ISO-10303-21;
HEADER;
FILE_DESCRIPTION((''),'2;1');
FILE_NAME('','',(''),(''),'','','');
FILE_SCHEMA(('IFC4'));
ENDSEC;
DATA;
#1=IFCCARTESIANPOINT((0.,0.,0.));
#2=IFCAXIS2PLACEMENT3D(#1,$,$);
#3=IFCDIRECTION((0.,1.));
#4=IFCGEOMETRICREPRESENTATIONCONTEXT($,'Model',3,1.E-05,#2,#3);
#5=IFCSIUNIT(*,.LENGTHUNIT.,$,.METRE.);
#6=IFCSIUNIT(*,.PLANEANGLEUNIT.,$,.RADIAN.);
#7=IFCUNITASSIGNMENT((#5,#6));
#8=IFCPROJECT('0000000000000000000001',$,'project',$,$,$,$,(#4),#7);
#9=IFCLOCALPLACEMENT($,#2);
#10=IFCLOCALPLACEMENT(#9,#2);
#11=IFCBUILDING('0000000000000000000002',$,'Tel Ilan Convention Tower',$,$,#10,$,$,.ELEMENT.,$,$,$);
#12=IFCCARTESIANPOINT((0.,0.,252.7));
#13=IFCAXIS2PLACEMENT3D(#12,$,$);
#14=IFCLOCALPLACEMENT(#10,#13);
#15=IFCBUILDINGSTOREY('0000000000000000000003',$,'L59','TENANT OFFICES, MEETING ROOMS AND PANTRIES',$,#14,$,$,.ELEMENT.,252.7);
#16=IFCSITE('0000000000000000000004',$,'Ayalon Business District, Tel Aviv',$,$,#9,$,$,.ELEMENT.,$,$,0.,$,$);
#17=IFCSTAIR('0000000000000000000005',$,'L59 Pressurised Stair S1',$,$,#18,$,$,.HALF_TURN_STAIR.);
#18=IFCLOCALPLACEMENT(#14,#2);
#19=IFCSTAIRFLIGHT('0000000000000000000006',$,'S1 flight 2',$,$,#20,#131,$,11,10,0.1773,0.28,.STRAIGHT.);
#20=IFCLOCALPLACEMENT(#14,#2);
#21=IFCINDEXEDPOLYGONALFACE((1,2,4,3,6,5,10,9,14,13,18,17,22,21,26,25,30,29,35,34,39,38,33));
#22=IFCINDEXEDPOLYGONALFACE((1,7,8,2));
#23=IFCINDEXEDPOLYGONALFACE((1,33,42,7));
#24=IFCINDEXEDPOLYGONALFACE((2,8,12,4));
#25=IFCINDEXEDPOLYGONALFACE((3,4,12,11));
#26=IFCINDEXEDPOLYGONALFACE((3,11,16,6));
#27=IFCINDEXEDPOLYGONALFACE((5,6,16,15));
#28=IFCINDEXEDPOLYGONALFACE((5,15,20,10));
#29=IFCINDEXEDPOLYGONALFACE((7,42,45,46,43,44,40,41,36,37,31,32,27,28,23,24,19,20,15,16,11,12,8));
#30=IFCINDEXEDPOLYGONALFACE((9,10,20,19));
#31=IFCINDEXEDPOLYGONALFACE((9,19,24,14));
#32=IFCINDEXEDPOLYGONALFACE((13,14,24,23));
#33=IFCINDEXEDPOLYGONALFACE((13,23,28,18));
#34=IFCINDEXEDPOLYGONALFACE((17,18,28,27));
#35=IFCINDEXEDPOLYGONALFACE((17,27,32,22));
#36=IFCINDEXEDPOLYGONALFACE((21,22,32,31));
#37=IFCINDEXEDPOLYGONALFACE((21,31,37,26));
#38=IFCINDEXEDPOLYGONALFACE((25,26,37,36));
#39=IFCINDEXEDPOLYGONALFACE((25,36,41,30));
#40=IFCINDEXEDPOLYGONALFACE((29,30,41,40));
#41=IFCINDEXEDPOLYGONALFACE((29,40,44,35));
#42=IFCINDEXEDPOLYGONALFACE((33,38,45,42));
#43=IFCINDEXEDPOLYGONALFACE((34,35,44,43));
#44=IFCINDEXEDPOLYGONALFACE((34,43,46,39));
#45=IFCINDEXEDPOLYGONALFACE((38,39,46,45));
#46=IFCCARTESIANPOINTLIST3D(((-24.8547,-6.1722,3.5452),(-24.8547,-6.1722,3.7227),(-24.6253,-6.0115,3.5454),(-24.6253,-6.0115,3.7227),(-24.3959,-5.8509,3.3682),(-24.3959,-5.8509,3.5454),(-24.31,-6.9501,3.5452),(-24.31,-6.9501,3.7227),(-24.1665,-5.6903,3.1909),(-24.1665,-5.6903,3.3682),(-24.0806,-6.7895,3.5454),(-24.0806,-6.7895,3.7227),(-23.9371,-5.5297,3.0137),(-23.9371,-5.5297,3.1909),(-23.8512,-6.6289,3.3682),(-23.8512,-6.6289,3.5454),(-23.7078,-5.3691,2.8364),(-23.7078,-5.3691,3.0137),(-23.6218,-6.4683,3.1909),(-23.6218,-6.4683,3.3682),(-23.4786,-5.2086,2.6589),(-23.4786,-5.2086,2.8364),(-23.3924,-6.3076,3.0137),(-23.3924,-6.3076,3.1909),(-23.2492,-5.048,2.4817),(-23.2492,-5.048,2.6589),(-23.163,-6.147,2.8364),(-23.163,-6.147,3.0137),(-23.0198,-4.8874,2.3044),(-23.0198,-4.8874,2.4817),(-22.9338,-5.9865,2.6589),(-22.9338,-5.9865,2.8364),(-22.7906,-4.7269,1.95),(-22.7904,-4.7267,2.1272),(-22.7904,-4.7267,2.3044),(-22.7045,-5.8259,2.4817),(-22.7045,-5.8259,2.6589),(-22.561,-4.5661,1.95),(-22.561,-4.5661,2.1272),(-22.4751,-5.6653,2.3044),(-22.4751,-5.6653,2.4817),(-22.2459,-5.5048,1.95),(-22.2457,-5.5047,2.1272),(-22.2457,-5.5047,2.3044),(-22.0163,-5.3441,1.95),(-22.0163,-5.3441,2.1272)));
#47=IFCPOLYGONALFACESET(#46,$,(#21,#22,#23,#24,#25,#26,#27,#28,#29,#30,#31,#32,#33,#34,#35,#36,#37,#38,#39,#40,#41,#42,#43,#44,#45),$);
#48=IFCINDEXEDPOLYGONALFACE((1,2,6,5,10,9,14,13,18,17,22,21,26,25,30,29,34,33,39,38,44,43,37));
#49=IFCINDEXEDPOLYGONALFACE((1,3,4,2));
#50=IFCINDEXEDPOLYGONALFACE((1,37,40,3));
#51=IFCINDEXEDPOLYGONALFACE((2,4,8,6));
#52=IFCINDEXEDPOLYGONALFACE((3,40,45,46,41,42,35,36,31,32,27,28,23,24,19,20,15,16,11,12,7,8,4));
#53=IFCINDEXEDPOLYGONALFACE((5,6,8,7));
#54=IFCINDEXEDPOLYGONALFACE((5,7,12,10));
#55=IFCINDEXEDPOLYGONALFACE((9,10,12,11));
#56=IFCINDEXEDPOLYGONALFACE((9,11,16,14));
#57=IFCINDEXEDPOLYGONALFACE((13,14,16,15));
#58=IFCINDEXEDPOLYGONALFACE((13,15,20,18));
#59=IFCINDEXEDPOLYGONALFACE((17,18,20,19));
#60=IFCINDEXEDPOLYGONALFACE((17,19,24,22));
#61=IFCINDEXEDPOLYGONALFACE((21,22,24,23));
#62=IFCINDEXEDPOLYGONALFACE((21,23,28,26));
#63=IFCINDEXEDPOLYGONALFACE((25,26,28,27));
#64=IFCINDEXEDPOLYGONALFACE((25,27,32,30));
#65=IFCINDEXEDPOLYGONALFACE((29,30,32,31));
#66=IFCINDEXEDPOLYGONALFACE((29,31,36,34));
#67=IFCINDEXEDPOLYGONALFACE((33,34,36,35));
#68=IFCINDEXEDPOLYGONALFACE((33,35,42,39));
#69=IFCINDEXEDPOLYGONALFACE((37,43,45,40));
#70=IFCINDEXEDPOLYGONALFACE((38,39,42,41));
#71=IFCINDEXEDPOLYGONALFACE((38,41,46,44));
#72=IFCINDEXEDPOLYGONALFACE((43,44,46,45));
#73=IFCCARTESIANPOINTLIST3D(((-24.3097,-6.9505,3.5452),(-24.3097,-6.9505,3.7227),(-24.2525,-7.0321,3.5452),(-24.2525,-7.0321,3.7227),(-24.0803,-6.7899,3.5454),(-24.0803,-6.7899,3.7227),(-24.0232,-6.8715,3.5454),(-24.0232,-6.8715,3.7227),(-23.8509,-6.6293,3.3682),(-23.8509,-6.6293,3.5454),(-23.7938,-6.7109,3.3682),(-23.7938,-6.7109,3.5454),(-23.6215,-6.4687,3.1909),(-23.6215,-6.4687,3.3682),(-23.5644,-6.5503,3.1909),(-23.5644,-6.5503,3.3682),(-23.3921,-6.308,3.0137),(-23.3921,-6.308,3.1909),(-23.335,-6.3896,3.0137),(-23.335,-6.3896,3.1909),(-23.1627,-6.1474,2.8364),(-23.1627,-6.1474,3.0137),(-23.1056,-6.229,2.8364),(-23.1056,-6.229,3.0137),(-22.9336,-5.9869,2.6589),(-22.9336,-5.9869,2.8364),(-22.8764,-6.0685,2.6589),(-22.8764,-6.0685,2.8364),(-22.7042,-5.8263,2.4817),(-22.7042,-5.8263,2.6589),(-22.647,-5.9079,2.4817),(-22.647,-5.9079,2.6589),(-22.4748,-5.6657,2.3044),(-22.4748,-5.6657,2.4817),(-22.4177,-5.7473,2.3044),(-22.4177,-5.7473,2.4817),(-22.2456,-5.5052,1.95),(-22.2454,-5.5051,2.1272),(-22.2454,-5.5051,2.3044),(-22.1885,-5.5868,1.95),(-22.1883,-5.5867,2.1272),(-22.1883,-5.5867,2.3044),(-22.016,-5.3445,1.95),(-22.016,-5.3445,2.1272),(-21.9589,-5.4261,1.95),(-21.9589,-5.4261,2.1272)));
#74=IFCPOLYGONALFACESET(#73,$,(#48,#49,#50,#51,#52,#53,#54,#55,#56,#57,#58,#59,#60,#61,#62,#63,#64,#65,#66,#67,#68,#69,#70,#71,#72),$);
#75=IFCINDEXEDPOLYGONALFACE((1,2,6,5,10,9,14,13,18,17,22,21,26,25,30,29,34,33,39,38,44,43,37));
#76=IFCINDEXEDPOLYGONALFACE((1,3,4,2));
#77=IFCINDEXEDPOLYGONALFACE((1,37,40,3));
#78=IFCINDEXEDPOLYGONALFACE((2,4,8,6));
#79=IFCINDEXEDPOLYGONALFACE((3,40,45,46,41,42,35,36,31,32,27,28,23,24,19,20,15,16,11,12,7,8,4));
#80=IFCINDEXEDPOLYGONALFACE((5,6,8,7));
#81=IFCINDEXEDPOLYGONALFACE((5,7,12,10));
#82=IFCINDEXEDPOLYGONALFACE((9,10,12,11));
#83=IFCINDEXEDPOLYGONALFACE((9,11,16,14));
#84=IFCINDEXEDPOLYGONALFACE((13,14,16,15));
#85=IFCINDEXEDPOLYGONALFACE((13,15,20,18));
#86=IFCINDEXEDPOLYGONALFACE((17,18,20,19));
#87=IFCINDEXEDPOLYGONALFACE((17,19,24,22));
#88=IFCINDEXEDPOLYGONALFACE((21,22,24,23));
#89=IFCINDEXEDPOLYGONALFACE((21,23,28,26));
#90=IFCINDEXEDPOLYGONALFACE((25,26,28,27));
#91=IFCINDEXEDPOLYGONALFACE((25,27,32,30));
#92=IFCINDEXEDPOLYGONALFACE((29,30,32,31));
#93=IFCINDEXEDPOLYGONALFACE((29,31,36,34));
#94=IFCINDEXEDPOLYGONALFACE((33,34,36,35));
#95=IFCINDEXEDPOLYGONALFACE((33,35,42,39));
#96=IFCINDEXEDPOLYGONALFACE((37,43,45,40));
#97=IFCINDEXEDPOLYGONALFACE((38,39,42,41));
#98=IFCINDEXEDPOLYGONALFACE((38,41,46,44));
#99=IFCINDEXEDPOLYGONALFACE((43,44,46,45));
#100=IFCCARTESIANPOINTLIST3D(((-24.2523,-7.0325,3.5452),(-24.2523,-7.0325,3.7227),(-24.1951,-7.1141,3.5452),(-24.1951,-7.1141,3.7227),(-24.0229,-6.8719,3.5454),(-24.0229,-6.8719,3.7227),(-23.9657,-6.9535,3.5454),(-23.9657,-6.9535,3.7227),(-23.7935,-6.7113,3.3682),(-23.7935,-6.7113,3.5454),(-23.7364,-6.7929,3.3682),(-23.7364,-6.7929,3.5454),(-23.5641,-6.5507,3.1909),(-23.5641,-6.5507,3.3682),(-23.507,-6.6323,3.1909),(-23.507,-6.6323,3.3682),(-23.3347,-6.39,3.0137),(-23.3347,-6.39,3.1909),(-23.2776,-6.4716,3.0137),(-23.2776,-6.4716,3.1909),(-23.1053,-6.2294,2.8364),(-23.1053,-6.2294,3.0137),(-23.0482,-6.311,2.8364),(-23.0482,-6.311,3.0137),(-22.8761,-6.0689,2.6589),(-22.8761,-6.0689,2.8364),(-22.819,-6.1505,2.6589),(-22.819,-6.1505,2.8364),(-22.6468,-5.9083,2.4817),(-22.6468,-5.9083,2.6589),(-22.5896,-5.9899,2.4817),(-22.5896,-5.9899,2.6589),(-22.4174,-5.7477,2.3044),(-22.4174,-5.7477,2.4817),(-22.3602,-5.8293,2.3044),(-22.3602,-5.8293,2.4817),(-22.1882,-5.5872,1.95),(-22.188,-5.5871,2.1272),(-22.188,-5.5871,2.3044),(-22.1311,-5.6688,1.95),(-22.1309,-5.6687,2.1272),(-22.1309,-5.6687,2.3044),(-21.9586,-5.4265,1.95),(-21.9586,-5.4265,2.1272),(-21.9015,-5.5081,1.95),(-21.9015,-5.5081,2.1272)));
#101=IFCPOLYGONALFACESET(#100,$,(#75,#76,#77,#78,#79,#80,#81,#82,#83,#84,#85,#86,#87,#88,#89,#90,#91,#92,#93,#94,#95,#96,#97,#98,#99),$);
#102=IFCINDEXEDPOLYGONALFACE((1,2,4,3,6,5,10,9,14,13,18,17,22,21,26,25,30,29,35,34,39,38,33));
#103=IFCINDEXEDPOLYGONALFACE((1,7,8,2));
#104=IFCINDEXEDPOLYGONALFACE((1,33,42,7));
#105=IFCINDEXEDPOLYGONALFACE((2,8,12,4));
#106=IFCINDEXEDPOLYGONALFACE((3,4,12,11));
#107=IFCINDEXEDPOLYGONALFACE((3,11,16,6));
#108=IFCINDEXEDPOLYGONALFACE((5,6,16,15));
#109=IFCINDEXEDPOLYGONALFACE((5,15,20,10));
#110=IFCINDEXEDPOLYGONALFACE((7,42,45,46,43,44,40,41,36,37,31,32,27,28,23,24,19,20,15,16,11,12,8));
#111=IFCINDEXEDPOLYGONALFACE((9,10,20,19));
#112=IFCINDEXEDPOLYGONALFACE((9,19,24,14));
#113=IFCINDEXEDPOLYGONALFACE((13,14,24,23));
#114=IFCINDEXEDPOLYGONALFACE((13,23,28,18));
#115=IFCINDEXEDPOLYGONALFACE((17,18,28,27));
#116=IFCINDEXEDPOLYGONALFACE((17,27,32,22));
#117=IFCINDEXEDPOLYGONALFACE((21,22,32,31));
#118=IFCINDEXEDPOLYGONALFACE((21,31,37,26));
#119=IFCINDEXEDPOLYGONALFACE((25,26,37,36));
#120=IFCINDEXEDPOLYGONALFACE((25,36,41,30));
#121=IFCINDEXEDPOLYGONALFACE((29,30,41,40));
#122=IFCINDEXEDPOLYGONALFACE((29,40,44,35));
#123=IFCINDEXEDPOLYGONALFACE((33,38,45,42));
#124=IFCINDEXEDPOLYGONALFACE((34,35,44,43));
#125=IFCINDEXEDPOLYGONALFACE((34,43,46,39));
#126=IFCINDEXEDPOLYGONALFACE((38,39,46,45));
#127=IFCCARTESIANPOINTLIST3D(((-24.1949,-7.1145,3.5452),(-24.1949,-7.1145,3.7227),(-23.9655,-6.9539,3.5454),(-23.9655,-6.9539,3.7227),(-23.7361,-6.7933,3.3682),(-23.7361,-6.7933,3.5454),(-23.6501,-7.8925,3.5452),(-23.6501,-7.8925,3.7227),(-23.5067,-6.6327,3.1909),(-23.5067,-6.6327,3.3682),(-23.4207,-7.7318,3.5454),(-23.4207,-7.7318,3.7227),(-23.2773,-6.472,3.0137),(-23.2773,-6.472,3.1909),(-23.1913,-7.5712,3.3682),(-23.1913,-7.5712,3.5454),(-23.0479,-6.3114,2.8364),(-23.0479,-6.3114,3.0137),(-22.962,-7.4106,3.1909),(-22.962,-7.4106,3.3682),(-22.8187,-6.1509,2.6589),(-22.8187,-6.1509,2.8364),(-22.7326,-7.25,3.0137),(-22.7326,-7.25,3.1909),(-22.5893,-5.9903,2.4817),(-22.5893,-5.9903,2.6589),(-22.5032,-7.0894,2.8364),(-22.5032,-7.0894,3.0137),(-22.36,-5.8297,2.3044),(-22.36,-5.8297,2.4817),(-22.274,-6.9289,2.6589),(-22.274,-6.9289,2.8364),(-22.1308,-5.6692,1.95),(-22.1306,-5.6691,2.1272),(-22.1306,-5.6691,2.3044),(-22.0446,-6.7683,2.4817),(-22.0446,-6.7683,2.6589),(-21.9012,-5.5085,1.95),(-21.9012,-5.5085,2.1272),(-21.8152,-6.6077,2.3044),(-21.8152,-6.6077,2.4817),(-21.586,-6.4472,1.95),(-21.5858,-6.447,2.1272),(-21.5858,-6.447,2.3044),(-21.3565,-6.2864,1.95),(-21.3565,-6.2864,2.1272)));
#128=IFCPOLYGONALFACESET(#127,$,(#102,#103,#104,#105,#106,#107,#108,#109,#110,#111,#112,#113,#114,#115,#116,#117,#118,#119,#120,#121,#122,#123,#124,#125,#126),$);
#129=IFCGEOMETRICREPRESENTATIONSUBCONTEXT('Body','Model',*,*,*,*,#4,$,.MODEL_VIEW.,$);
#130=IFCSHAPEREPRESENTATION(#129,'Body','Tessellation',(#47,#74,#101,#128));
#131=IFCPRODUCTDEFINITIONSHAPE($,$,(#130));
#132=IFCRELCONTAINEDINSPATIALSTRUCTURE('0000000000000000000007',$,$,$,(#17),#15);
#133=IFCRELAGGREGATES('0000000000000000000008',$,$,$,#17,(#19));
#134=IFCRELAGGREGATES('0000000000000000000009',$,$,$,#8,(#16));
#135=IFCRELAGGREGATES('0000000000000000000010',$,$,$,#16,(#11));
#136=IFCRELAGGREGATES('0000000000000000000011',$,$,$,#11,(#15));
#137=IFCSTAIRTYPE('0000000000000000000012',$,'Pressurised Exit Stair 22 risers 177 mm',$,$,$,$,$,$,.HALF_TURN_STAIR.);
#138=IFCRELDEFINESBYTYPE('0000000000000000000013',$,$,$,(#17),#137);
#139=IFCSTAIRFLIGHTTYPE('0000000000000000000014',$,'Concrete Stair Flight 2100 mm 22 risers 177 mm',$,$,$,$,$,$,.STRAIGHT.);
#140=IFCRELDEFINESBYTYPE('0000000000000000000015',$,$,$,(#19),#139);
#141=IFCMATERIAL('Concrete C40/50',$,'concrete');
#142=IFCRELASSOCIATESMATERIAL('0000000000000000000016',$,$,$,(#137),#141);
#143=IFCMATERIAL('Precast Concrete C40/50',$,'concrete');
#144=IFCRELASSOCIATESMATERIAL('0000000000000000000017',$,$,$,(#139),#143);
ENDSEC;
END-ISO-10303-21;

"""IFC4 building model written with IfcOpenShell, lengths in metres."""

from ifc_helpers import new_model, si_unit, direction, frame, origin, place, context, subcontext, project, spatial, polyline, outline, extrude, material, type_object, element, aggregate, save


model = new_model("IFC4")

# Units and contexts
model_context = context("Model", 3, precision=1e-05, world=origin(), true_north=direction((0.0, 1.0)))
body_context = subcontext(model_context, "Body", "Model", "MODEL_VIEW")
ifc_project = project(units=[si_unit("LENGTHUNIT", "METRE"), si_unit("PLANEANGLEUNIT", "RADIAN")], contexts=[model_context])

# Site, building, storey
site_placement = place(None, origin())
site = spatial("IfcSite", under=ifc_project, at=site_placement, Name="Ayalon Business District, Tel Aviv", CompositionType="ELEMENT", RefElevation=0.0)
building_placement = place(site_placement, origin())
building = spatial("IfcBuilding", under=site, at=building_placement, Name="Tel Ilan Convention Tower", CompositionType="ELEMENT")
storey_placement = place(building_placement, frame((0.0, 0.0, 252.7)))
storey = spatial("IfcBuildingStorey", under=building, at=storey_placement, Name="L59", Description="TENANT OFFICES, MEETING ROOMS AND PANTRIES", CompositionType="ELEMENT", Elevation=252.7)

# Stair, stair flight
ifc_material_1 = material(Name="Concrete C40/50", Category="concrete")
stair_type = type_object("IfcStairType", Name="Pressurised Exit Stair 22 risers 177 mm", PredefinedType="HALF_TURN_STAIR", material=ifc_material_1)
stair_1_placement = place(storey_placement, origin())
stair_1 = element("IfcStair", 1, at=stair_1_placement, inside=storey, type_object=stair_type, Name="L59 Pressurised Stair S1", PredefinedType="HALF_TURN_STAIR")
ifc_material_2 = material(Name="Precast Concrete C40/50", Category="concrete")
stair_flight_type = type_object("IfcStairFlightType", Name="Concrete Stair Flight 2100 mm 22 risers 177 mm", PredefinedType="STRAIGHT", material=ifc_material_2)
stair_flight_1_placement = place(storey_placement, frame((-21.9587, -5.4263, 1.95), z_axis=(0.0, 0.0, 1.0), x_axis=(-0.819152, -0.573576, 0.0)))
stair_flight_1 = element("IfcStairFlight", 2, at=stair_flight_1_placement, type_object=stair_flight_type, Name="S1 flight 2", NumberOfRisers=11, NumberOfTreads=10, PredefinedType="STRAIGHT", RiserHeight=0.1773, TreadLength=0.28, context=body_context, shape_type="SweptSolid", body=[
    extrude(outline(polyline([(0.0, 0.0), (0.0, 0.1772), (0.28, 0.1772), (0.28, 0.3545), (0.5601, 0.3545), (0.5601, 0.5317), (0.8401, 0.5317), (0.8401, 0.709), (1.1201, 0.709), (1.1201, 0.8865), (1.3999, 0.8865), (1.3999, 1.0637), (1.6799, 1.0637), (1.6799, 1.241), (1.96, 1.241), (1.96, 1.4182), (2.24, 1.4182), (2.24, 1.5955), (2.52, 1.5955), (2.52, 1.7727), (2.8, 1.7727), (2.8, 1.95), (2.8, 1.5952), (0.2803, 0.0), (0.0, 0.0)])), frame((0.0, -0.1003, 0.0), z_axis=(0.0, -1.0, 0.0), x_axis=(1.0, 0.0, 0.0)), (0.0, 0.0, 1.0), 0.9497),
    extrude(outline(polyline([(0.0, 0.0), (0.0, 0.1772), (0.28, 0.1772), (0.28, 0.3545), (0.5601, 0.3545), (0.5601, 0.5317), (0.8401, 0.5317), (0.8401, 0.709), (1.1201, 0.709), (1.1201, 0.8865), (1.3999, 0.8865), (1.3999, 1.0637), (1.6799, 1.0637), (1.6799, 1.241), (1.96, 1.241), (1.96, 1.4182), (2.24, 1.4182), (2.24, 1.5955), (2.52, 1.5955), (2.52, 1.7727), (2.8, 1.7727), (2.8, 1.95), (2.8, 1.5952), (0.2803, 0.0), (0.0, 0.0)])), frame((0.0, -0.0002, 0.0), z_axis=(0.0, -1.0, 0.0), x_axis=(1.0, 0.0, 0.0)), (0.0, 0.0, 1.0), 0.0996),
    extrude(outline(polyline([(0.0, 0.0), (0.0, 0.1772), (0.28, 0.1772), (0.28, 0.3545), (0.5601, 0.3545), (0.5601, 0.5317), (0.8401, 0.5317), (0.8401, 0.709), (1.1201, 0.709), (1.1201, 0.8865), (1.3999, 0.8865), (1.3999, 1.0637), (1.6799, 1.0637), (1.6799, 1.241), (1.96, 1.241), (1.96, 1.4182), (2.24, 1.4182), (2.24, 1.5955), (2.52, 1.5955), (2.52, 1.7727), (2.8, 1.7727), (2.8, 1.95), (2.8, 1.5952), (0.2803, 0.0), (0.0, 0.0)])), frame((0.0, 0.0999, 0.0), z_axis=(0.0, -1.0, 0.0), x_axis=(1.0, 0.0, 0.0)), (0.0, 0.0, 1.0), 0.0996),
    extrude(outline(polyline([(0.0, 0.0), (0.0, 0.1772), (0.28, 0.1772), (0.28, 0.3545), (0.5601, 0.3545), (0.5601, 0.5317), (0.8401, 0.5317), (0.8401, 0.709), (1.1201, 0.709), (1.1201, 0.8865), (1.3999, 0.8865), (1.3999, 1.0637), (1.6799, 1.0637), (1.6799, 1.241), (1.96, 1.241), (1.96, 1.4182), (2.24, 1.4182), (2.24, 1.5955), (2.52, 1.5955), (2.52, 1.7727), (2.8, 1.7727), (2.8, 1.95), (2.8, 1.5952), (0.2803, 0.0), (0.0, 0.0)])), frame((0.0, 1.05, 0.0), z_axis=(0.0, -1.0, 0.0), x_axis=(1.0, 0.0, 0.0)), (0.0, 0.0, 1.0), 0.9497),
])
aggregate(stair_1, [stair_flight_1])

save(model, "model.ifc")
